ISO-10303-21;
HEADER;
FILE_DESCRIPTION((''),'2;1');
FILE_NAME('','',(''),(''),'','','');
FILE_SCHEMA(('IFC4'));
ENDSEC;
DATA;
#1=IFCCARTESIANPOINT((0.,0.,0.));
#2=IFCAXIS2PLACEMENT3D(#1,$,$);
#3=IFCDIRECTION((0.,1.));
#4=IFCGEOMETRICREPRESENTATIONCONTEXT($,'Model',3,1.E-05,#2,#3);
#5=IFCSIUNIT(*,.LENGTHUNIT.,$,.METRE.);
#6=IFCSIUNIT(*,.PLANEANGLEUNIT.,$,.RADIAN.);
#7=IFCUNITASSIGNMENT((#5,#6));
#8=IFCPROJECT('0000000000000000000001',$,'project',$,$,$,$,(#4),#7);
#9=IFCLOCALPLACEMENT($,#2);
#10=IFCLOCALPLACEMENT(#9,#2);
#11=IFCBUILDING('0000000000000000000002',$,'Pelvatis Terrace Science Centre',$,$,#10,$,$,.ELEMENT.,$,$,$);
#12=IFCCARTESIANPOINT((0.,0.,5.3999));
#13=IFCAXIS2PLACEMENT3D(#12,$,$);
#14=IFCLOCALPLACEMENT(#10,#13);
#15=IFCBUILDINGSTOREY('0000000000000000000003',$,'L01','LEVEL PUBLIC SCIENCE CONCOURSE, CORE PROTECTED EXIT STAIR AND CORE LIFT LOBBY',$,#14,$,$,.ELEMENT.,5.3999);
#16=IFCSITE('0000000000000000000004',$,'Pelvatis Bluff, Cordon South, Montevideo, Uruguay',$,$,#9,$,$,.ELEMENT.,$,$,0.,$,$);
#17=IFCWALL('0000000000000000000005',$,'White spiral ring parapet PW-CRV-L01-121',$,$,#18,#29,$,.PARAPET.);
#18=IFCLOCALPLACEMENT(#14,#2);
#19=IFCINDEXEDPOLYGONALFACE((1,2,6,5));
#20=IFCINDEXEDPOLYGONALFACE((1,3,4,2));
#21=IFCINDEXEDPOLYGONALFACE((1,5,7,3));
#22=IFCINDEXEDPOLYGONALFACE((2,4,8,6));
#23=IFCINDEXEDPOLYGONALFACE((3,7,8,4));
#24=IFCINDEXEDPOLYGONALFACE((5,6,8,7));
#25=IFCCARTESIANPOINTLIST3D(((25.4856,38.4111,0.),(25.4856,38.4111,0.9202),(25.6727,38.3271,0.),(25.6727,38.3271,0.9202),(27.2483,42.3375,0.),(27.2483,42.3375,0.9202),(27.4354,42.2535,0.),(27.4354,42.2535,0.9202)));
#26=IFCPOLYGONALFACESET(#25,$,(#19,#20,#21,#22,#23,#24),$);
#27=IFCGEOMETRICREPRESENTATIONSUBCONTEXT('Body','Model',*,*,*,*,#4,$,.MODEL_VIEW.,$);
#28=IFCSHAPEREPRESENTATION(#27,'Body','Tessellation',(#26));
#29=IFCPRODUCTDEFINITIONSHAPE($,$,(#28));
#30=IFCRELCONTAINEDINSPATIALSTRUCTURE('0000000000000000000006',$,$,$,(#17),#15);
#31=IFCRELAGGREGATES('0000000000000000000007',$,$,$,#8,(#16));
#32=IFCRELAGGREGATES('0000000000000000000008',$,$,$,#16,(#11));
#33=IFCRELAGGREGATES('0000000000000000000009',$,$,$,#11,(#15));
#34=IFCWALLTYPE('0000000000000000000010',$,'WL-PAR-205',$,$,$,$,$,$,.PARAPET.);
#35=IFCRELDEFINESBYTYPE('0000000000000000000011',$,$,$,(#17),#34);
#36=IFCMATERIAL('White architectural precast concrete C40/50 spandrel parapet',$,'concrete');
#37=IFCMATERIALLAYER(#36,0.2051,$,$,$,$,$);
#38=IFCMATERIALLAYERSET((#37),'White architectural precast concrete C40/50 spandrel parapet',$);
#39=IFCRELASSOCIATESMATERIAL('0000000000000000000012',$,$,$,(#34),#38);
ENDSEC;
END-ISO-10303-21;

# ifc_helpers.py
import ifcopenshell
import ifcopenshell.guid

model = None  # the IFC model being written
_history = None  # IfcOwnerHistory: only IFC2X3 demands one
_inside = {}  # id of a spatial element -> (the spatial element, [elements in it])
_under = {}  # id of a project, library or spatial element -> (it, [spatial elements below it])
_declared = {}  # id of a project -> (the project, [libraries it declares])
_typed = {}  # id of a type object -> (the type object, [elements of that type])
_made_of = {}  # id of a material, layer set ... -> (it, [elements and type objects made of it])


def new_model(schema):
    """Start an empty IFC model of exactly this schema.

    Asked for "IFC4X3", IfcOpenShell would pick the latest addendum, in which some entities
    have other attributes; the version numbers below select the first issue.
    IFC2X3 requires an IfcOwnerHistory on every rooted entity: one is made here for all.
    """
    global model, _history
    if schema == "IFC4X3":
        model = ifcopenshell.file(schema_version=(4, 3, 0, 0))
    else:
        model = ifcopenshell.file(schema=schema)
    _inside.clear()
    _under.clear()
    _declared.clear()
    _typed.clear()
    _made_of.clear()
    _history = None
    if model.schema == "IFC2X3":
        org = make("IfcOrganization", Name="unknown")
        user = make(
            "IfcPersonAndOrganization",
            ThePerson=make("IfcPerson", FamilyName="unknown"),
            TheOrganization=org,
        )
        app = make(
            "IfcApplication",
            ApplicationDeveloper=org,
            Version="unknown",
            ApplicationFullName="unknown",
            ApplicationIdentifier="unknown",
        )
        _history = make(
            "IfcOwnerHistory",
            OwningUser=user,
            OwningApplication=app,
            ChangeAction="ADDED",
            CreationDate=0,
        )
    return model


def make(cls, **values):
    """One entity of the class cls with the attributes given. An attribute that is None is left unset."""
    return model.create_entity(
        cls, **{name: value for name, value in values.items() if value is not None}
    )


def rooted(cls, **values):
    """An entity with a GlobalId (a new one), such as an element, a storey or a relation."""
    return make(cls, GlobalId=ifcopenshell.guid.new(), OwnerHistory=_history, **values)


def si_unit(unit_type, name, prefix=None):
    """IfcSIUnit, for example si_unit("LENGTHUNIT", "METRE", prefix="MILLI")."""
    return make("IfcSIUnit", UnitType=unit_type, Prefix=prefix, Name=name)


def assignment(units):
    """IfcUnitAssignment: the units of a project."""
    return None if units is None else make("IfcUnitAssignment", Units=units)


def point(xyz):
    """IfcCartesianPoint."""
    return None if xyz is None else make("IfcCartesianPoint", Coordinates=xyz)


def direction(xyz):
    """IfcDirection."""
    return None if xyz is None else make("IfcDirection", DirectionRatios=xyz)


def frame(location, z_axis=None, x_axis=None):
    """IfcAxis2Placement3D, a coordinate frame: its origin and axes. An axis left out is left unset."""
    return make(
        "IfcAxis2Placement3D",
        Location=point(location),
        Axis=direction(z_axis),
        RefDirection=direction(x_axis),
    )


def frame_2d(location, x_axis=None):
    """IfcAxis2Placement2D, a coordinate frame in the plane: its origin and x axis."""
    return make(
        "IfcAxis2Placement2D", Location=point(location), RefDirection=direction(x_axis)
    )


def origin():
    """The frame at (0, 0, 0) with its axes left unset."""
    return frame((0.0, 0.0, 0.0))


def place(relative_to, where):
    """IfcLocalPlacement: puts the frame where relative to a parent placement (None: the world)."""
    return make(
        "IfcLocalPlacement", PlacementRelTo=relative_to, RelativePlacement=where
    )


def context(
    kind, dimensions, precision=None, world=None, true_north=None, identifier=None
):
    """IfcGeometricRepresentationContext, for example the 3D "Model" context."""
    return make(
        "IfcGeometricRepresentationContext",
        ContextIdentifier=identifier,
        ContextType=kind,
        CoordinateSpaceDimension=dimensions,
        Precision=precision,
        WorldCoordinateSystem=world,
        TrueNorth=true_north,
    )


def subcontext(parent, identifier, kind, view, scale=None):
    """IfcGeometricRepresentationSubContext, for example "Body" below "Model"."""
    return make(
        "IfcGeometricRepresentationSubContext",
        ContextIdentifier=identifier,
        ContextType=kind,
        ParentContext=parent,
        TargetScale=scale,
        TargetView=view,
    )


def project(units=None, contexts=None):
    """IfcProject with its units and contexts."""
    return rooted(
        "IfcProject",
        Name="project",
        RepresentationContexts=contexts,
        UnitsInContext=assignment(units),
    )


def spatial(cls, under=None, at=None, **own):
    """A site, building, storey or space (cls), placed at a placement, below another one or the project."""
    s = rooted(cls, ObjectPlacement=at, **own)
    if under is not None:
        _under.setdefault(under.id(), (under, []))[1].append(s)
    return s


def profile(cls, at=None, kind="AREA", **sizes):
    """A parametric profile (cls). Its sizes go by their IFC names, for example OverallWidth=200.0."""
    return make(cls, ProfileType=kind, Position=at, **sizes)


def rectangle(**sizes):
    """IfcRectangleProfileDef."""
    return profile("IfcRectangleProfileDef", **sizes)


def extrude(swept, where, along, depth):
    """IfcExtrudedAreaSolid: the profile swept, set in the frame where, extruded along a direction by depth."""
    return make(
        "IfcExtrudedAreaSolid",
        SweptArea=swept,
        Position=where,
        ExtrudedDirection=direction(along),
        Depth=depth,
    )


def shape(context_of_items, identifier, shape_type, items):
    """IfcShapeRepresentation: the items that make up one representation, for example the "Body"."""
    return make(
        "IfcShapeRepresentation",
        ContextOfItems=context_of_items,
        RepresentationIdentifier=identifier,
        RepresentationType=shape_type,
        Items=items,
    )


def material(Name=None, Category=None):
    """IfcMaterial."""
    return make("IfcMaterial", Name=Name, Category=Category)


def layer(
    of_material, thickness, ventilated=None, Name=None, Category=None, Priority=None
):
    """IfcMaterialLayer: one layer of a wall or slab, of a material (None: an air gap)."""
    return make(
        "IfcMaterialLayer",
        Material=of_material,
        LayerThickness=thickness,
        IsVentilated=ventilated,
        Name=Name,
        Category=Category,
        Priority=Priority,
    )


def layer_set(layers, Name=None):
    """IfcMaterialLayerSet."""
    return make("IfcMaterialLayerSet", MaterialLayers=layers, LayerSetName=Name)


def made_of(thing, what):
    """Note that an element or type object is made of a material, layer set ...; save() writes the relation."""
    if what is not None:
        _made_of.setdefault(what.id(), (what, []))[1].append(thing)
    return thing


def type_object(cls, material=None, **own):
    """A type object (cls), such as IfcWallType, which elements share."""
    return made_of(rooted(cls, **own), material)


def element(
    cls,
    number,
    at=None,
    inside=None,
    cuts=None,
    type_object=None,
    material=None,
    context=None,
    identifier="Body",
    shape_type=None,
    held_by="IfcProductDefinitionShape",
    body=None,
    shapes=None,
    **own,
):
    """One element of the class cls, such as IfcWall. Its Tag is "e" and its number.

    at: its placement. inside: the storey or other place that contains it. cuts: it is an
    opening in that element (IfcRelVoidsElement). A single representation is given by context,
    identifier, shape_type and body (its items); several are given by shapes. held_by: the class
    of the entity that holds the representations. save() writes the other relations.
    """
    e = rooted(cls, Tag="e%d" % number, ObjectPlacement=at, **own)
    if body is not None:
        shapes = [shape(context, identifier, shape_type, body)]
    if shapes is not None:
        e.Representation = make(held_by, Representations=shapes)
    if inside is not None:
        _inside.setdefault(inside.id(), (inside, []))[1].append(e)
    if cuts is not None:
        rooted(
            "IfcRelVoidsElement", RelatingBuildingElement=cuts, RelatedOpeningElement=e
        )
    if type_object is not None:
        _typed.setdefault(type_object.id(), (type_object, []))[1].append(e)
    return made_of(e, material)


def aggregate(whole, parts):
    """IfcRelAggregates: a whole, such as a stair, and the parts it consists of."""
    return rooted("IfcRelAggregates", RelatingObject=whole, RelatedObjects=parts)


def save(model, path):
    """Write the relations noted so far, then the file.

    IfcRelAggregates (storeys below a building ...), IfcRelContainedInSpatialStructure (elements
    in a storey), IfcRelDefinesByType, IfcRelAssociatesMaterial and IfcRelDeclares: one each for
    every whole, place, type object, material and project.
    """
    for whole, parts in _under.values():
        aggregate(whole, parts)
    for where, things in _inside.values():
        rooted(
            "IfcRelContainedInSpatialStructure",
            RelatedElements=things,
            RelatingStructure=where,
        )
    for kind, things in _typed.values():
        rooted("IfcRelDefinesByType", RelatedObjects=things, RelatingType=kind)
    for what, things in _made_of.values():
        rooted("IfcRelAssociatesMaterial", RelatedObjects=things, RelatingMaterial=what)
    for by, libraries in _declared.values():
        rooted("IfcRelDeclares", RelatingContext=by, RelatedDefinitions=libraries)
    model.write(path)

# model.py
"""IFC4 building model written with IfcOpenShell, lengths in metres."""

from ifc_helpers import new_model, si_unit, direction, frame, frame_2d, origin, place, context, subcontext, project, spatial, rectangle, extrude, material, layer, layer_set, type_object, element, save


model = new_model("IFC4")

# Units and contexts
model_context = context("Model", 3, precision=1e-05, world=origin(), true_north=direction((0.0, 1.0)))
body_context = subcontext(model_context, "Body", "Model", "MODEL_VIEW")
ifc_project = project(units=[si_unit("LENGTHUNIT", "METRE"), si_unit("PLANEANGLEUNIT", "RADIAN")], contexts=[model_context])

# Site, building, storey
site_placement = place(None, origin())
site = spatial("IfcSite", under=ifc_project, at=site_placement, Name="Pelvatis Bluff, Cordon South, Montevideo, Uruguay", CompositionType="ELEMENT", RefElevation=0.0)
building_placement = place(site_placement, origin())
building = spatial("IfcBuilding", under=site, at=building_placement, Name="Pelvatis Terrace Science Centre", CompositionType="ELEMENT")
storey_placement = place(building_placement, frame((0.0, 0.0, 5.3999)))
storey = spatial("IfcBuildingStorey", under=building, at=storey_placement, Name="L01", Description="LEVEL PUBLIC SCIENCE CONCOURSE, CORE PROTECTED EXIT STAIR AND CORE LIFT LOBBY", CompositionType="ELEMENT", Elevation=5.3999)

# Wall
ifc_material_1 = material(Name="White architectural precast concrete C40/50 spandrel parapet", Category="concrete")
ifc_layer_1 = layer(ifc_material_1, 0.2051)
ifc_layer_set_1 = layer_set([ifc_layer_1], Name="White architectural precast concrete C40/50 spandrel parapet")
wall_type_1 = type_object("IfcWallType", Name="WL-PAR-205", PredefinedType="PARAPET", material=ifc_layer_set_1)
wall_1_placement = place(storey_placement, frame((27.3418, 42.2954, 0.0), z_axis=(0.0, 0.0, 1.0), x_axis=(-0.409546, -0.912289, 0.0)))
element("IfcWall", 1, at=wall_1_placement, inside=storey, type_object=wall_type_1, Name="White spiral ring parapet PW-CRV-L01-121", PredefinedType="PARAPET", context=body_context, shape_type="SweptSolid", body=[
    extrude(rectangle(XDim=4.304, YDim=0.2051, at=frame_2d((2.1519, 0.0))), origin(), (0.0, 0.0, 1.0), 0.9202),
])

save(model, "model.ifc")
